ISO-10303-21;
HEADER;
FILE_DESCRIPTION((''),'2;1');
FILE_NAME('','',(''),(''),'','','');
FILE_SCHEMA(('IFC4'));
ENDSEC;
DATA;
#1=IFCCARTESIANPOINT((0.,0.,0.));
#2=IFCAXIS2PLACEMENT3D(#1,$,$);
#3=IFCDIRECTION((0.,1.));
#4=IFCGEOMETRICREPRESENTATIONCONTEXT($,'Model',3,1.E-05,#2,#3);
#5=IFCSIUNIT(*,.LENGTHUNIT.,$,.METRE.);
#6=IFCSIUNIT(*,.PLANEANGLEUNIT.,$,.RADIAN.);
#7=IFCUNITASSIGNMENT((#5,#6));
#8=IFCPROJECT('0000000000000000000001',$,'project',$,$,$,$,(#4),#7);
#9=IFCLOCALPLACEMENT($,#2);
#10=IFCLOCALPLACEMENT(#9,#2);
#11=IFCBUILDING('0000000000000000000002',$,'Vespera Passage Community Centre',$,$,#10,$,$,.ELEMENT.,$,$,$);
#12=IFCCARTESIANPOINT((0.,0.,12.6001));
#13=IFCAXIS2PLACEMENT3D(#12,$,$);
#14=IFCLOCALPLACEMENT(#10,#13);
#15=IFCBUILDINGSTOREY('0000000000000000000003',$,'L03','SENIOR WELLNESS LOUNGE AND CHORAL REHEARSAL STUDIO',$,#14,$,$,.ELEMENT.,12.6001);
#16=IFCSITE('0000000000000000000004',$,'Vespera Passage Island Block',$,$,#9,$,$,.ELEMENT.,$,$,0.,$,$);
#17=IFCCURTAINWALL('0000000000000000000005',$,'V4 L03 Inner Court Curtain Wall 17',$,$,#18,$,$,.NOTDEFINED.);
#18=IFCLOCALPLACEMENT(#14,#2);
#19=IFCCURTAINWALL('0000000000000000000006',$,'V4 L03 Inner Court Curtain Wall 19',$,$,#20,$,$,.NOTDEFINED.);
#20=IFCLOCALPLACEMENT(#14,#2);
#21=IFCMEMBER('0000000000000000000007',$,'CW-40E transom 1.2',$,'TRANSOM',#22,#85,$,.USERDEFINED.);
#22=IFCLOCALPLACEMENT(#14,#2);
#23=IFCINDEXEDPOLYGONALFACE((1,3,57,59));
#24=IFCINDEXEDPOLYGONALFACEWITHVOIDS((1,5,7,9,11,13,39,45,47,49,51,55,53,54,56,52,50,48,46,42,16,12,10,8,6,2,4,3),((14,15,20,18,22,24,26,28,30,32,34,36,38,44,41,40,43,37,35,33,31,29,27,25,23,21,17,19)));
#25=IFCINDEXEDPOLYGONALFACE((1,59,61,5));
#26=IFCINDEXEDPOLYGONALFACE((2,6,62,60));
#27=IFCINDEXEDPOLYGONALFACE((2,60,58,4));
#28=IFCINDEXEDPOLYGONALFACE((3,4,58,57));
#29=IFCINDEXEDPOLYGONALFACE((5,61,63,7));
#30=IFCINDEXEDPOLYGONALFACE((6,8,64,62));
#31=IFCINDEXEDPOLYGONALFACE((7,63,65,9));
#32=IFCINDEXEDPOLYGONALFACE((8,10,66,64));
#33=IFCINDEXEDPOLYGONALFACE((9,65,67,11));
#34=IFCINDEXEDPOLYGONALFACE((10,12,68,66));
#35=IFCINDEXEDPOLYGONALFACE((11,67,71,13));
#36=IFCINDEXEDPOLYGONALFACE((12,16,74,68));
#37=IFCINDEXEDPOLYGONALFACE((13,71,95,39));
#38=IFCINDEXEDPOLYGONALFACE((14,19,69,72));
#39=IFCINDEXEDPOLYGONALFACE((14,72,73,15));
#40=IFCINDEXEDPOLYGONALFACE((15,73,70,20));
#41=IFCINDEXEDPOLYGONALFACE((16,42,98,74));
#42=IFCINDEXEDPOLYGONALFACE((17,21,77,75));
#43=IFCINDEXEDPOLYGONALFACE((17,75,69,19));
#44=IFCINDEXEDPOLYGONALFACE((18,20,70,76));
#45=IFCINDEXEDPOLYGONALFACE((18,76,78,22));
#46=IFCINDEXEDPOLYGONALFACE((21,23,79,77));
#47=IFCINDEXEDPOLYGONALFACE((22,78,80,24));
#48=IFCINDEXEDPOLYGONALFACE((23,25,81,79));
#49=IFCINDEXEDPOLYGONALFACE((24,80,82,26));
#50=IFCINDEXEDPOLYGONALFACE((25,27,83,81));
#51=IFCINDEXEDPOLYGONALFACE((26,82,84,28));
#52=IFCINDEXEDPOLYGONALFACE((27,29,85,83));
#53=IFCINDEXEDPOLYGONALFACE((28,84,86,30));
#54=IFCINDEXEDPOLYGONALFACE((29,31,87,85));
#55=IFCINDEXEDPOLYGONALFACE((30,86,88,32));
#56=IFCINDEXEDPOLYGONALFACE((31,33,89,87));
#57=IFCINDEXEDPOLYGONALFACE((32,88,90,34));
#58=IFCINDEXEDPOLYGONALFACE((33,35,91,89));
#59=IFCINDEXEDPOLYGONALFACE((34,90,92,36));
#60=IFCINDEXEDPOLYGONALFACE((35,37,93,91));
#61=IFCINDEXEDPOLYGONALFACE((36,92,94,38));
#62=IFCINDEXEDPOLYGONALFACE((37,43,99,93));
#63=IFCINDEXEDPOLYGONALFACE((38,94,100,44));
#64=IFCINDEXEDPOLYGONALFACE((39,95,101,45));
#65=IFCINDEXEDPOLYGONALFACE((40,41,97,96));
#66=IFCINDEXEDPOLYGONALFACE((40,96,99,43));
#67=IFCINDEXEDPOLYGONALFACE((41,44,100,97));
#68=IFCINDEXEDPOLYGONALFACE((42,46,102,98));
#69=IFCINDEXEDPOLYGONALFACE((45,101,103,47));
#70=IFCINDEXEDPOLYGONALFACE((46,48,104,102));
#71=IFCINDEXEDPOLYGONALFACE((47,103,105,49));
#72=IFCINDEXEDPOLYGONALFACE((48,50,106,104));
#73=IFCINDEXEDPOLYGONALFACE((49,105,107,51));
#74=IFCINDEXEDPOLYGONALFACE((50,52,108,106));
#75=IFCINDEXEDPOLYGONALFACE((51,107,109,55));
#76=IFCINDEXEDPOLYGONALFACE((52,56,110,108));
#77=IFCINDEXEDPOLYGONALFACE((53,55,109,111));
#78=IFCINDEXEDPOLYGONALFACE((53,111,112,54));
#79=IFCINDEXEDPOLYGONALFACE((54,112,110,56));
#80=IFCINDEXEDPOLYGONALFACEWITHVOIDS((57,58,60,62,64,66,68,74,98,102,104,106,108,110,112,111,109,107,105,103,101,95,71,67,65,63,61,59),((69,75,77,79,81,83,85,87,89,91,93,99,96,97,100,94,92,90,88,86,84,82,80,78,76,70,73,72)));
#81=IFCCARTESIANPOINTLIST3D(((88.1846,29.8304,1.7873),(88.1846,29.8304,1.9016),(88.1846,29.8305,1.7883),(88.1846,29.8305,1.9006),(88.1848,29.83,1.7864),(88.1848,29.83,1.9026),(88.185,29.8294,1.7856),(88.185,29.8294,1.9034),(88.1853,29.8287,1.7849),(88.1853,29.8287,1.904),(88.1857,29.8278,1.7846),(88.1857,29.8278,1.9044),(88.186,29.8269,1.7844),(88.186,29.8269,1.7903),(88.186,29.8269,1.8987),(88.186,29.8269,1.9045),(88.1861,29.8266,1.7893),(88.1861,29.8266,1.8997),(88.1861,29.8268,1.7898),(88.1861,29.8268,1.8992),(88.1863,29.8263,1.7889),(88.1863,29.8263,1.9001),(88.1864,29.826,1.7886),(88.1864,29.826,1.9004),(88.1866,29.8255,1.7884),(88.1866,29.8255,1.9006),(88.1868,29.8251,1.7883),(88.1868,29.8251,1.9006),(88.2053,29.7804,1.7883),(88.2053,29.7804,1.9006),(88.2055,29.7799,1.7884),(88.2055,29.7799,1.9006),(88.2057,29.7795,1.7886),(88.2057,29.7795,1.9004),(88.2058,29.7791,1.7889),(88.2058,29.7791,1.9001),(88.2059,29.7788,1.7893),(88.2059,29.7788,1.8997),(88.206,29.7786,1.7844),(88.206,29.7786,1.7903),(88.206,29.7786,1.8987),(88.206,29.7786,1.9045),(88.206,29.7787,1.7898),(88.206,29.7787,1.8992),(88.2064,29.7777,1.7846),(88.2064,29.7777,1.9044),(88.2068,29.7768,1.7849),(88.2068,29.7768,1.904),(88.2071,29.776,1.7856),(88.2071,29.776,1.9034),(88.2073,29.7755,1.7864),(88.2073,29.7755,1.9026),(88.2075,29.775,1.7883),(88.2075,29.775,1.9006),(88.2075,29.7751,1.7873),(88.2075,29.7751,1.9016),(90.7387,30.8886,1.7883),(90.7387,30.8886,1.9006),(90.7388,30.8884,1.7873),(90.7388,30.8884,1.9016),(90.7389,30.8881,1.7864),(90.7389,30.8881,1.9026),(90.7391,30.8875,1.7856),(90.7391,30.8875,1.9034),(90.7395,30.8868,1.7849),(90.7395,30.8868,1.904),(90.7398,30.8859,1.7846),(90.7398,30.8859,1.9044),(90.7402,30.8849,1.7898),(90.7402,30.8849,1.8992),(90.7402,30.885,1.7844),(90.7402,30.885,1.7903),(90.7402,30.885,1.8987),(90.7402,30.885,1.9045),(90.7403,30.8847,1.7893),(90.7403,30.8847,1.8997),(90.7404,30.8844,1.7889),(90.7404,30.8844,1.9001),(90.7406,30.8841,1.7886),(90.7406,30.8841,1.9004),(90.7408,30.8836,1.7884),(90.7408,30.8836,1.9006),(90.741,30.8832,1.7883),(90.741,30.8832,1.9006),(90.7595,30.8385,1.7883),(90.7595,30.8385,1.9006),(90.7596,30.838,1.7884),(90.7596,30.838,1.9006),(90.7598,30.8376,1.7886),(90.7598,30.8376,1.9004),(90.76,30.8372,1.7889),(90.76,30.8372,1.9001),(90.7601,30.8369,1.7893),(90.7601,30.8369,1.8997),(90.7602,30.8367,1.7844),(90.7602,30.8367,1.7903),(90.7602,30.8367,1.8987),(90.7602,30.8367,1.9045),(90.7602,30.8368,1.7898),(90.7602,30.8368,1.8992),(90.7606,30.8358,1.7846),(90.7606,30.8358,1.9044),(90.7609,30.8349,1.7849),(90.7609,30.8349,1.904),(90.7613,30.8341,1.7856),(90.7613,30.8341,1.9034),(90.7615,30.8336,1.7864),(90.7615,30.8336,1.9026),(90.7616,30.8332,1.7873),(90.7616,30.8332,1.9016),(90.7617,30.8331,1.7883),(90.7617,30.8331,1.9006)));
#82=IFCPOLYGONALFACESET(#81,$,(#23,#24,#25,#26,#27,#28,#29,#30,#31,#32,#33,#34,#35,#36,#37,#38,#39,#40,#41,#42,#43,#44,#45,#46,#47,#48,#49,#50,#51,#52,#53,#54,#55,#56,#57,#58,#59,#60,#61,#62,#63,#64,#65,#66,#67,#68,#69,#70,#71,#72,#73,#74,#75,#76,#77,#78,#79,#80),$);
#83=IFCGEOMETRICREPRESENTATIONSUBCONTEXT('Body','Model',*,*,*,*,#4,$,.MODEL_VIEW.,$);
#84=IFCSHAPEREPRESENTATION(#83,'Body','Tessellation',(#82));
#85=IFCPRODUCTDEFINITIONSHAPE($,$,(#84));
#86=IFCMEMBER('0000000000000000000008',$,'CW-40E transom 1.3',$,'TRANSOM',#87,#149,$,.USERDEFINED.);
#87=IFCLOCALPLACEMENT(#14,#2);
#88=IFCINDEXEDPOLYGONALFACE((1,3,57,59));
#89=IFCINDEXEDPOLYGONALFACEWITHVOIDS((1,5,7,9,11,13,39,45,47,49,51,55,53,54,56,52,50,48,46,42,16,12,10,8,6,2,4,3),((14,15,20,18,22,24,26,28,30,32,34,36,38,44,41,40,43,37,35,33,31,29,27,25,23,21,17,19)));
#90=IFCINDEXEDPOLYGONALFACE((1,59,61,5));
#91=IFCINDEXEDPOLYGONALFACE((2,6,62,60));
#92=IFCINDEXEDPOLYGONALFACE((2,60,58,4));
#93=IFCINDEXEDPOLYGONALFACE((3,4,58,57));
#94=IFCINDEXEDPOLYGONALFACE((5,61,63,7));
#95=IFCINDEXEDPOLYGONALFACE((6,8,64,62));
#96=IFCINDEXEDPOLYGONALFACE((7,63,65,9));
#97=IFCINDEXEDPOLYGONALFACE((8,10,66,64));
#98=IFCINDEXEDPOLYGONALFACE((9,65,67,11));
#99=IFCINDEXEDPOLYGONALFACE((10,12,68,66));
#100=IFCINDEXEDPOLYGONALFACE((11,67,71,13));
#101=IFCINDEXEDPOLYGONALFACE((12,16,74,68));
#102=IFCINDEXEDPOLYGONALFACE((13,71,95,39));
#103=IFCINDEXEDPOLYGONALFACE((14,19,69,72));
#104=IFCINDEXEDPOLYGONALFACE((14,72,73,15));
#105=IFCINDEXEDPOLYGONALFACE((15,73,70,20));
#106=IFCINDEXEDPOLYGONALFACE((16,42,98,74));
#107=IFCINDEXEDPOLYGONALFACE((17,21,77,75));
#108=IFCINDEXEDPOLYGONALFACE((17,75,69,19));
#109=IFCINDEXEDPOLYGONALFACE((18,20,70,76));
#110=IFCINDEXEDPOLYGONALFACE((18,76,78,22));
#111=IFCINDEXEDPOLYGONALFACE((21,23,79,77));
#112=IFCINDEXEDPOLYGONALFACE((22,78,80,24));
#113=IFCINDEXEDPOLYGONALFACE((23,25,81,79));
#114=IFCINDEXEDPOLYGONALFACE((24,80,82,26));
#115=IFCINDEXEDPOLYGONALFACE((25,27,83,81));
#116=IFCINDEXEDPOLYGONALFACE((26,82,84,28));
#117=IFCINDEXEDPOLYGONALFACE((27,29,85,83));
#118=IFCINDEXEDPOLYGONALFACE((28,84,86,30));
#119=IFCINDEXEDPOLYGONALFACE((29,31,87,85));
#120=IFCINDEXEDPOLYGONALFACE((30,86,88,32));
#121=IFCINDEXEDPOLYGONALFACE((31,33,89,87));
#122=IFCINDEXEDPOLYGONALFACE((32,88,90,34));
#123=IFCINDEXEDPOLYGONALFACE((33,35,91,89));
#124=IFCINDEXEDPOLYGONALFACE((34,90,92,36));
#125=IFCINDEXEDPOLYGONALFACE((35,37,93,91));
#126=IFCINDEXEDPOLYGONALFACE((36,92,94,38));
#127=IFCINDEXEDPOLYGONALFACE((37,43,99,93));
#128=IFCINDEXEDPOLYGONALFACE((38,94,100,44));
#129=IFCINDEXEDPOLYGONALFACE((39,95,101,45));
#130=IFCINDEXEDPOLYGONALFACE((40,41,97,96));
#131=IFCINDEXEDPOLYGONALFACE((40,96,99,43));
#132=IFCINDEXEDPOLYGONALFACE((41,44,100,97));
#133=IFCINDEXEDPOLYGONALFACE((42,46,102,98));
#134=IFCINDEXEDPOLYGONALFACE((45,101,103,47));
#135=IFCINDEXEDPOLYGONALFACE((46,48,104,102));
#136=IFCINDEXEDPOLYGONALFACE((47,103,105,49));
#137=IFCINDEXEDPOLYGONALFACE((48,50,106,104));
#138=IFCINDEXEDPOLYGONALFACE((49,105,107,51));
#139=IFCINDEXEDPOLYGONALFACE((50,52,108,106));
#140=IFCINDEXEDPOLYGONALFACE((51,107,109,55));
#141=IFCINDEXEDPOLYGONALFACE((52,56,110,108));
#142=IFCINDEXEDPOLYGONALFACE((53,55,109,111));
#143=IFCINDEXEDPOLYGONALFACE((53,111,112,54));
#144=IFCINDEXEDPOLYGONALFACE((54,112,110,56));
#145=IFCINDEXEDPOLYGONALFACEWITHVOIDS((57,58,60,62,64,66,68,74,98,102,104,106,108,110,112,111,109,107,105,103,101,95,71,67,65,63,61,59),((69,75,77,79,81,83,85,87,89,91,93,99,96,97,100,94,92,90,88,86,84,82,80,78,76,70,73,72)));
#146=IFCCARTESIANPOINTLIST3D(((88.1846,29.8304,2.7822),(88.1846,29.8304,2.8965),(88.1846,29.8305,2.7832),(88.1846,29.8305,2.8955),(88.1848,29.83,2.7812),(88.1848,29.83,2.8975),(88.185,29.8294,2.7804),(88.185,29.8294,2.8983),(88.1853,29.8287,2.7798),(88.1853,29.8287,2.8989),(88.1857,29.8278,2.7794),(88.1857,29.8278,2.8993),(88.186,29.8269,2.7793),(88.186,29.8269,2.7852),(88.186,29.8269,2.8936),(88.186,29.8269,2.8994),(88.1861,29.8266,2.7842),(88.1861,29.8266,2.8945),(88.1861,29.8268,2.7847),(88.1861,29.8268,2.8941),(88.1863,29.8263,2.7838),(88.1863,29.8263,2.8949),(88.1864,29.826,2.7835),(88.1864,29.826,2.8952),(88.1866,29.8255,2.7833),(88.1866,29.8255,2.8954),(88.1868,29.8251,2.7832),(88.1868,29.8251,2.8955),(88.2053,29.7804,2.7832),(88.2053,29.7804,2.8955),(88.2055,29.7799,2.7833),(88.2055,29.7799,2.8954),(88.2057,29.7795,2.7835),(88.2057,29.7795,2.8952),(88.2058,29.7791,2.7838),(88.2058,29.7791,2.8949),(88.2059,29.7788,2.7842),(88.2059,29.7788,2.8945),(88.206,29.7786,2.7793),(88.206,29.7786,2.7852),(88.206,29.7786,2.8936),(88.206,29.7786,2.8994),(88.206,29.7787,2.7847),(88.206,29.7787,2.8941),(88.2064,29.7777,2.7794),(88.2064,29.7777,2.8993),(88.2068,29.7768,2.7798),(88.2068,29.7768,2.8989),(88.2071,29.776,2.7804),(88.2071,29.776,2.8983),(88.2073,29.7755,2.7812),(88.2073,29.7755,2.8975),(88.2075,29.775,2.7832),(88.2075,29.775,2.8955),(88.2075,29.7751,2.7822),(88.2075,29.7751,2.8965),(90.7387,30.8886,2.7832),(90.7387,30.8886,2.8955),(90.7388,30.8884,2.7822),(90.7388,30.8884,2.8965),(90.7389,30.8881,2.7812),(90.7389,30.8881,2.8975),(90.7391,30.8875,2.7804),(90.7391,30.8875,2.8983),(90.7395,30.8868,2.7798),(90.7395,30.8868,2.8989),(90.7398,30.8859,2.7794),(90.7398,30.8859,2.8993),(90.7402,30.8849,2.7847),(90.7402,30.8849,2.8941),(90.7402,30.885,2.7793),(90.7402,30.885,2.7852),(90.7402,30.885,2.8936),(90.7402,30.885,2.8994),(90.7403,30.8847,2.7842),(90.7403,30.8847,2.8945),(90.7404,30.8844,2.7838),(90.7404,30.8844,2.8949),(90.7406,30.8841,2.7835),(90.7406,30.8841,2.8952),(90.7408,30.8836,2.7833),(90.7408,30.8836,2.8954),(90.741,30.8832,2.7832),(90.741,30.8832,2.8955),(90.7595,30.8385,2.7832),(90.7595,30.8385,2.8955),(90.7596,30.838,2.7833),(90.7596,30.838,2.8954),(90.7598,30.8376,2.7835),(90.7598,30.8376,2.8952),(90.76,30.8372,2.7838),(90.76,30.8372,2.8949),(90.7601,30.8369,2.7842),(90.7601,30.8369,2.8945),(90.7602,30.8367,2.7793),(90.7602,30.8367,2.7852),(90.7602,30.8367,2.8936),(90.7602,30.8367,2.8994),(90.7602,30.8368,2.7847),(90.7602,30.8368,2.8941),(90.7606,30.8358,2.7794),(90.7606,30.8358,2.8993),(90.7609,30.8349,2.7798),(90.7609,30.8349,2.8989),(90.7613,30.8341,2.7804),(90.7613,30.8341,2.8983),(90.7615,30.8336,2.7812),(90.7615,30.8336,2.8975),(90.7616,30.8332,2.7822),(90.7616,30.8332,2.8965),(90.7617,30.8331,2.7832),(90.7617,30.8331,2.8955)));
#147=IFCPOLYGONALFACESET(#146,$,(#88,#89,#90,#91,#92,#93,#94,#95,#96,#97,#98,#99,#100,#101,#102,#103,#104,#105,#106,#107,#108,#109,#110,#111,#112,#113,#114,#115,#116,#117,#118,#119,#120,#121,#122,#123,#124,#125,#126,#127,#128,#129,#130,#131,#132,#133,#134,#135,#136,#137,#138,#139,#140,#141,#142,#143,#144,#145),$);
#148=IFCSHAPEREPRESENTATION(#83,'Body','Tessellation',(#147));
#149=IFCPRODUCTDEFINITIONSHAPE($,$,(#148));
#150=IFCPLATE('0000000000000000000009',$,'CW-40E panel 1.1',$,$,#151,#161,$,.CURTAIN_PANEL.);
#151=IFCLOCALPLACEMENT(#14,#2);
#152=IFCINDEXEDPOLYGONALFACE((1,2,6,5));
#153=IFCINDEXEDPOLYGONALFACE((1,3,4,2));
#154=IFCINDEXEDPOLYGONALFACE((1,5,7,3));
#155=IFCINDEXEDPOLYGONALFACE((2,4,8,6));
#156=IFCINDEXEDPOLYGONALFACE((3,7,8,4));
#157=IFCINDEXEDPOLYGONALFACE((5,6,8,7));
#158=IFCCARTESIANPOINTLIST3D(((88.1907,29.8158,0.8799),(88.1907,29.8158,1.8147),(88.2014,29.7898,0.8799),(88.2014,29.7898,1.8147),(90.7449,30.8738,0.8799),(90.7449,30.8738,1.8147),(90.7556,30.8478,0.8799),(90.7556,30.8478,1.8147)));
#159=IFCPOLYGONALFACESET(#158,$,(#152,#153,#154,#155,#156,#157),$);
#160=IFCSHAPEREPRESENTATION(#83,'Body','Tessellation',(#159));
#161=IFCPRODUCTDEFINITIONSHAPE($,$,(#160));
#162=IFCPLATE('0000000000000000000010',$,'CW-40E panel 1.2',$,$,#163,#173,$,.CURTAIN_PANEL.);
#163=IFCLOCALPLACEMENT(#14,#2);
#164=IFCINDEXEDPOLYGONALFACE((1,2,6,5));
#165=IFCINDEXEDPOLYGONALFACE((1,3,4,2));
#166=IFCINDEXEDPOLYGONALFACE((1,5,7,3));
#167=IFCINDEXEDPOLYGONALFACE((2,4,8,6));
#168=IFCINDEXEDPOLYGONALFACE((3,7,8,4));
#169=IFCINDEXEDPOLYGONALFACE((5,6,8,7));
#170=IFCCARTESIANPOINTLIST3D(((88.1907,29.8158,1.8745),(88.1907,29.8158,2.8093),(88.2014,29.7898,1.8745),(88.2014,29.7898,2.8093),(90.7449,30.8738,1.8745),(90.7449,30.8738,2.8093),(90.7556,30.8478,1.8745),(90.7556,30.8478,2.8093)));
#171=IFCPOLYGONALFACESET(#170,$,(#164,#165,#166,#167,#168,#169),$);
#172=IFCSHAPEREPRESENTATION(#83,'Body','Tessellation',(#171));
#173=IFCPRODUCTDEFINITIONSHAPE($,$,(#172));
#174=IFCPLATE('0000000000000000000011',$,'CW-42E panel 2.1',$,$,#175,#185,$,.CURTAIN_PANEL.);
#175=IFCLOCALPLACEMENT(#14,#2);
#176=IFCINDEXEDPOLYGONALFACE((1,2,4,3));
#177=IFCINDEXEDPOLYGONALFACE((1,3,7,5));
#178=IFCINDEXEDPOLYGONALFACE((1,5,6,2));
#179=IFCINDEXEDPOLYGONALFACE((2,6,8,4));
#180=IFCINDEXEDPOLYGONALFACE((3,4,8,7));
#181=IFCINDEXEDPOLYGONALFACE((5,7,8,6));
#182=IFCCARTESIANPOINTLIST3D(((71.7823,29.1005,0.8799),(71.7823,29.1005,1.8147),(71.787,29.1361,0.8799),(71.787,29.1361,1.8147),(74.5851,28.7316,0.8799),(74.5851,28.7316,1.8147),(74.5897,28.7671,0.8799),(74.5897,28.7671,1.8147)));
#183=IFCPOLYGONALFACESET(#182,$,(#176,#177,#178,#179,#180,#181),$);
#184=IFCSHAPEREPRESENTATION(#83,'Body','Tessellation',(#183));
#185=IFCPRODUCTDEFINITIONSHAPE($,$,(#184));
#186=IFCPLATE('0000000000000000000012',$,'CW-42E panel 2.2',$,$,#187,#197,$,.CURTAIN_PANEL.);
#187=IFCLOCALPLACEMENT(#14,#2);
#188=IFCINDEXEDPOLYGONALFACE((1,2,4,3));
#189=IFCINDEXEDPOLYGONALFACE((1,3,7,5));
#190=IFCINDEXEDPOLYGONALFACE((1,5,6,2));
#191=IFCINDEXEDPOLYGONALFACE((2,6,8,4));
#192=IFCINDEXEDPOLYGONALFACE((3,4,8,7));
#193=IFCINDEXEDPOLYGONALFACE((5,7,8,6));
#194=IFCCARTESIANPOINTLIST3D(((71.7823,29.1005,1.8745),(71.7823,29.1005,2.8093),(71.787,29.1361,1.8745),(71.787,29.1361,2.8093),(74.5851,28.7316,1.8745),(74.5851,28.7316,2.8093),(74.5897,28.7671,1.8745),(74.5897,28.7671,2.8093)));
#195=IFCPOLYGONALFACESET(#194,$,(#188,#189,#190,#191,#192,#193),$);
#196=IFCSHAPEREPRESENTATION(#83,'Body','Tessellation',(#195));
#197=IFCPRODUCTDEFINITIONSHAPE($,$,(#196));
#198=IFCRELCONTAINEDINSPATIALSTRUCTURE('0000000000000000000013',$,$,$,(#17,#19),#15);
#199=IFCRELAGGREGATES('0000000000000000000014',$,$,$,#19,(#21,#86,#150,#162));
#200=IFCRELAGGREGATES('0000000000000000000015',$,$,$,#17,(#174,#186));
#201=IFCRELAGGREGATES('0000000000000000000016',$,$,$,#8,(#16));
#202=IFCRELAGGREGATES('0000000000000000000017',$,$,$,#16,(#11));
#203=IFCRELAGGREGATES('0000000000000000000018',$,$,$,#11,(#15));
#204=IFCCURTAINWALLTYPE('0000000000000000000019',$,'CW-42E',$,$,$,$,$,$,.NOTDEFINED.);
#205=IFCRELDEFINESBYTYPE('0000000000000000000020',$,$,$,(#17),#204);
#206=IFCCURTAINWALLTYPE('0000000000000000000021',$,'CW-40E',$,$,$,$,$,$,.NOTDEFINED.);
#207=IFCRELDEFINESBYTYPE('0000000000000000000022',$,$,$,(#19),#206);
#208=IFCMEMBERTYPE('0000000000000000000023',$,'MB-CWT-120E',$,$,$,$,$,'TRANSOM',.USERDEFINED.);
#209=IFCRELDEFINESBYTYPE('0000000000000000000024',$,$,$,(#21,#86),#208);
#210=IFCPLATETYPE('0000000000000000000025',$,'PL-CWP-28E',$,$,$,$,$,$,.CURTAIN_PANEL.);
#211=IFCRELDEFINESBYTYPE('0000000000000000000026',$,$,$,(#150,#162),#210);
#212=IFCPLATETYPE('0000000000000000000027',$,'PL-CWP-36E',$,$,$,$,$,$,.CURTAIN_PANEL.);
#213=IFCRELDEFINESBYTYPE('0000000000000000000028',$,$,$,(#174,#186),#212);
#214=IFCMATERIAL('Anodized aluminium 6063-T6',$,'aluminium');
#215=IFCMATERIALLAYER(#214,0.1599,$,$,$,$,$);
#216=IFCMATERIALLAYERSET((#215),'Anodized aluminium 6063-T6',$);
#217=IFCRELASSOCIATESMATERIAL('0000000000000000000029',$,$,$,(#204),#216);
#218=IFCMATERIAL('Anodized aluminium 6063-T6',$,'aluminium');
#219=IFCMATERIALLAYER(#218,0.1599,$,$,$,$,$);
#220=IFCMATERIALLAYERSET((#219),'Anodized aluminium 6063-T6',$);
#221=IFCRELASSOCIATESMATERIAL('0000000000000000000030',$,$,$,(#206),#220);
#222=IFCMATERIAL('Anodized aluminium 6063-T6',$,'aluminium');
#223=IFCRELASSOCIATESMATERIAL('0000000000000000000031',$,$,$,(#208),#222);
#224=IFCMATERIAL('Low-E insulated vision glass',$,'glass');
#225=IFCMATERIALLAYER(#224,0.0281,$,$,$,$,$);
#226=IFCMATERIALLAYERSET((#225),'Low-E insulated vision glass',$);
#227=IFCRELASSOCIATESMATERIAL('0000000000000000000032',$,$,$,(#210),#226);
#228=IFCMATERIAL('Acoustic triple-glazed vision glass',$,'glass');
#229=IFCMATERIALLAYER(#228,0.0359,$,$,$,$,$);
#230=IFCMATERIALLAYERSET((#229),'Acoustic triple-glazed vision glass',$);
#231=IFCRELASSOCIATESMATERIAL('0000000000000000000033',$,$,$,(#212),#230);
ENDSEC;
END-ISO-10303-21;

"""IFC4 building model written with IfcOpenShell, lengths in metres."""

from ifc_helpers import new_model, si_unit, direction, frame, origin, origin_2d, place, context, subcontext, project, spatial, rectangle, hollow_rectangle, extrude, material, layer, layer_set, material_profile, profile_set, type_object, element, aggregate, save


model = new_model("IFC4")

# Units and contexts
model_context = context("Model", 3, precision=1e-05, world=origin(), true_north=direction((0.0, 1.0)))
body_context = subcontext(model_context, "Body", "Model", "MODEL_VIEW")
ifc_project = project(units=[si_unit("LENGTHUNIT", "METRE"), si_unit("PLANEANGLEUNIT", "RADIAN")], contexts=[model_context])

# Site, building, storey
site_placement = place(None, origin())
site = spatial("IfcSite", under=ifc_project, at=site_placement, Name="Vespera Passage Island Block", CompositionType="ELEMENT", RefElevation=0.0)
building_placement = place(site_placement, origin())
building = spatial("IfcBuilding", under=site, at=building_placement, Name="Vespera Passage Community Centre", CompositionType="ELEMENT")
storey_placement = place(building_placement, frame((0.0, 0.0, 12.6001)))
storey = spatial("IfcBuildingStorey", under=building, at=storey_placement, Name="L03", Description="SENIOR WELLNESS LOUNGE AND CHORAL REHEARSAL STUDIO", CompositionType="ELEMENT", Elevation=12.6001)

# Curtain wall
ifc_material_1 = material(Name="Anodized aluminium 6063-T6", Category="aluminium")
ifc_layer_1 = layer(ifc_material_1, 0.1599)
ifc_layer_set_1 = layer_set([ifc_layer_1], Name="Anodized aluminium 6063-T6")
curtain_wall_type_1 = type_object("IfcCurtainWallType", Name="CW-42E", PredefinedType="NOTDEFINED", material=ifc_layer_set_1)
curtain_wall_1_placement = place(storey_placement, origin())
curtain_wall_1 = element("IfcCurtainWall", 1, at=curtain_wall_1_placement, inside=storey, type_object=curtain_wall_type_1, Name="V4 L03 Inner Court Curtain Wall 17", PredefinedType="NOTDEFINED")

# Curtain wall
ifc_material_2 = material(Name="Anodized aluminium 6063-T6", Category="aluminium")
ifc_layer_2 = layer(ifc_material_2, 0.1599)
ifc_layer_set_2 = layer_set([ifc_layer_2], Name="Anodized aluminium 6063-T6")
curtain_wall_type_2 = type_object("IfcCurtainWallType", Name="CW-40E", PredefinedType="NOTDEFINED", material=ifc_layer_set_2)
curtain_wall_2_placement = place(storey_placement, origin())
curtain_wall_2 = element("IfcCurtainWall", 2, at=curtain_wall_2_placement, inside=storey, type_object=curtain_wall_type_2, Name="V4 L03 Inner Court Curtain Wall 19", PredefinedType="NOTDEFINED")

# Members
ifc_material_3 = material(Name="Anodized aluminium 6063-T6", Category="aluminium")
ifc_material_profile_1 = material_profile(ifc_material_3, hollow_rectangle(XDim=0.0601, YDim=0.1201, WallThickness=0.0039, InnerFilletRadius=0.002, OuterFilletRadius=0.0039, at=origin_2d()), Name="ALU120X60X4")
ifc_profile_set_1 = profile_set([ifc_material_profile_1], Name="Anodized aluminium 6063-T6")
member_type_1 = type_object("IfcMemberType", Name="MB-CWT-120E", ElementType="TRANSOM", PredefinedType="USERDEFINED", material=ifc_profile_set_1)
member_1_placement = place(storey_placement, frame((88.196, 29.8027, 1.8445), z_axis=(0.923864, 0.382721, 0.0), x_axis=(-0.382721, 0.923864, 0.0)))
member_1 = element("IfcMember", 3, at=member_1_placement, type_object=member_type_1, Name="CW-40E transom 1.2", ObjectType="TRANSOM", PredefinedType="USERDEFINED", context=body_context, shape_type="SweptSolid", body=[
    extrude(hollow_rectangle(XDim=0.0601, YDim=0.1201, WallThickness=0.0039, InnerFilletRadius=0.002, OuterFilletRadius=0.0039, at=origin_2d()), origin(), (0.0, 0.0, 1.0), 2.7646),
])
member_2_placement = place(storey_placement, frame((88.196, 29.8027, 2.8394), z_axis=(0.923864, 0.382721, 0.0), x_axis=(-0.382721, 0.923864, 0.0)))
member_2 = element("IfcMember", 4, at=member_2_placement, type_object=member_type_1, Name="CW-40E transom 1.3", ObjectType="TRANSOM", PredefinedType="USERDEFINED", context=body_context, shape_type="SweptSolid", body=[
    extrude(hollow_rectangle(XDim=0.0601, YDim=0.1201, WallThickness=0.0039, InnerFilletRadius=0.002, OuterFilletRadius=0.0039, at=origin_2d()), origin(), (0.0, 0.0, 1.0), 2.7646),
])

# Plates
ifc_material_4 = material(Name="Low-E insulated vision glass", Category="glass")
ifc_layer_3 = layer(ifc_material_4, 0.0281)
ifc_layer_set_3 = layer_set([ifc_layer_3], Name="Low-E insulated vision glass")
plate_type_1 = type_object("IfcPlateType", Name="PL-CWP-28E", PredefinedType="CURTAIN_PANEL", material=ifc_layer_set_3)
plate_1_placement = place(storey_placement, frame((89.4731, 30.3318, 0.8799), z_axis=(0.0, 0.0, 1.0), x_axis=(0.923877, 0.38269, 0.0)))
plate_1 = element("IfcPlate", 5, at=plate_1_placement, type_object=plate_type_1, Name="CW-40E panel 1.1", PredefinedType="CURTAIN_PANEL", context=body_context, shape_type="SweptSolid", body=[
    extrude(rectangle(XDim=2.7646, YDim=0.0281, at=origin_2d()), origin(), (0.0, 0.0, 1.0), 0.9348),
])
plate_2_placement = place(storey_placement, frame((89.4731, 30.3318, 1.8745), z_axis=(0.0, 0.0, 1.0), x_axis=(0.923877, 0.38269, 0.0)))
plate_2 = element("IfcPlate", 6, at=plate_2_placement, type_object=plate_type_1, Name="CW-40E panel 1.2", PredefinedType="CURTAIN_PANEL", context=body_context, shape_type="SweptSolid", body=[
    extrude(rectangle(XDim=2.7646, YDim=0.0281, at=origin_2d()), origin(), (0.0, 0.0, 1.0), 0.9348),
])
aggregate(curtain_wall_2, [member_1, member_2, plate_1, plate_2])
ifc_material_5 = material(Name="Acoustic triple-glazed vision glass", Category="glass")
ifc_layer_4 = layer(ifc_material_5, 0.0359)
ifc_layer_set_4 = layer_set([ifc_layer_4], Name="Acoustic triple-glazed vision glass")
plate_type_2 = type_object("IfcPlateType", Name="PL-CWP-36E", PredefinedType="CURTAIN_PANEL", material=ifc_layer_set_4)
plate_3_placement = place(storey_placement, frame((73.186, 28.9338, 0.8799), z_axis=(0.0, 0.0, 1.0), x_axis=(0.991445, -0.130522, 0.0)))
plate_3 = element("IfcPlate", 7, at=plate_3_placement, type_object=plate_type_2, Name="CW-42E panel 2.1", PredefinedType="CURTAIN_PANEL", context=body_context, shape_type="SweptSolid", body=[
    extrude(rectangle(XDim=2.8269, YDim=0.0359, at=origin_2d()), origin(), (0.0, 0.0, 1.0), 0.9348),
])
plate_4_placement = place(storey_placement, frame((73.186, 28.9338, 1.8745), z_axis=(0.0, 0.0, 1.0), x_axis=(0.991445, -0.130522, 0.0)))
plate_4 = element("IfcPlate", 8, at=plate_4_placement, type_object=plate_type_2, Name="CW-42E panel 2.2", PredefinedType="CURTAIN_PANEL", context=body_context, shape_type="SweptSolid", body=[
    extrude(rectangle(XDim=2.8269, YDim=0.0359, at=origin_2d()), origin(), (0.0, 0.0, 1.0), 0.9348),
])
aggregate(curtain_wall_1, [plate_3, plate_4])

save(model, "model.ifc")
